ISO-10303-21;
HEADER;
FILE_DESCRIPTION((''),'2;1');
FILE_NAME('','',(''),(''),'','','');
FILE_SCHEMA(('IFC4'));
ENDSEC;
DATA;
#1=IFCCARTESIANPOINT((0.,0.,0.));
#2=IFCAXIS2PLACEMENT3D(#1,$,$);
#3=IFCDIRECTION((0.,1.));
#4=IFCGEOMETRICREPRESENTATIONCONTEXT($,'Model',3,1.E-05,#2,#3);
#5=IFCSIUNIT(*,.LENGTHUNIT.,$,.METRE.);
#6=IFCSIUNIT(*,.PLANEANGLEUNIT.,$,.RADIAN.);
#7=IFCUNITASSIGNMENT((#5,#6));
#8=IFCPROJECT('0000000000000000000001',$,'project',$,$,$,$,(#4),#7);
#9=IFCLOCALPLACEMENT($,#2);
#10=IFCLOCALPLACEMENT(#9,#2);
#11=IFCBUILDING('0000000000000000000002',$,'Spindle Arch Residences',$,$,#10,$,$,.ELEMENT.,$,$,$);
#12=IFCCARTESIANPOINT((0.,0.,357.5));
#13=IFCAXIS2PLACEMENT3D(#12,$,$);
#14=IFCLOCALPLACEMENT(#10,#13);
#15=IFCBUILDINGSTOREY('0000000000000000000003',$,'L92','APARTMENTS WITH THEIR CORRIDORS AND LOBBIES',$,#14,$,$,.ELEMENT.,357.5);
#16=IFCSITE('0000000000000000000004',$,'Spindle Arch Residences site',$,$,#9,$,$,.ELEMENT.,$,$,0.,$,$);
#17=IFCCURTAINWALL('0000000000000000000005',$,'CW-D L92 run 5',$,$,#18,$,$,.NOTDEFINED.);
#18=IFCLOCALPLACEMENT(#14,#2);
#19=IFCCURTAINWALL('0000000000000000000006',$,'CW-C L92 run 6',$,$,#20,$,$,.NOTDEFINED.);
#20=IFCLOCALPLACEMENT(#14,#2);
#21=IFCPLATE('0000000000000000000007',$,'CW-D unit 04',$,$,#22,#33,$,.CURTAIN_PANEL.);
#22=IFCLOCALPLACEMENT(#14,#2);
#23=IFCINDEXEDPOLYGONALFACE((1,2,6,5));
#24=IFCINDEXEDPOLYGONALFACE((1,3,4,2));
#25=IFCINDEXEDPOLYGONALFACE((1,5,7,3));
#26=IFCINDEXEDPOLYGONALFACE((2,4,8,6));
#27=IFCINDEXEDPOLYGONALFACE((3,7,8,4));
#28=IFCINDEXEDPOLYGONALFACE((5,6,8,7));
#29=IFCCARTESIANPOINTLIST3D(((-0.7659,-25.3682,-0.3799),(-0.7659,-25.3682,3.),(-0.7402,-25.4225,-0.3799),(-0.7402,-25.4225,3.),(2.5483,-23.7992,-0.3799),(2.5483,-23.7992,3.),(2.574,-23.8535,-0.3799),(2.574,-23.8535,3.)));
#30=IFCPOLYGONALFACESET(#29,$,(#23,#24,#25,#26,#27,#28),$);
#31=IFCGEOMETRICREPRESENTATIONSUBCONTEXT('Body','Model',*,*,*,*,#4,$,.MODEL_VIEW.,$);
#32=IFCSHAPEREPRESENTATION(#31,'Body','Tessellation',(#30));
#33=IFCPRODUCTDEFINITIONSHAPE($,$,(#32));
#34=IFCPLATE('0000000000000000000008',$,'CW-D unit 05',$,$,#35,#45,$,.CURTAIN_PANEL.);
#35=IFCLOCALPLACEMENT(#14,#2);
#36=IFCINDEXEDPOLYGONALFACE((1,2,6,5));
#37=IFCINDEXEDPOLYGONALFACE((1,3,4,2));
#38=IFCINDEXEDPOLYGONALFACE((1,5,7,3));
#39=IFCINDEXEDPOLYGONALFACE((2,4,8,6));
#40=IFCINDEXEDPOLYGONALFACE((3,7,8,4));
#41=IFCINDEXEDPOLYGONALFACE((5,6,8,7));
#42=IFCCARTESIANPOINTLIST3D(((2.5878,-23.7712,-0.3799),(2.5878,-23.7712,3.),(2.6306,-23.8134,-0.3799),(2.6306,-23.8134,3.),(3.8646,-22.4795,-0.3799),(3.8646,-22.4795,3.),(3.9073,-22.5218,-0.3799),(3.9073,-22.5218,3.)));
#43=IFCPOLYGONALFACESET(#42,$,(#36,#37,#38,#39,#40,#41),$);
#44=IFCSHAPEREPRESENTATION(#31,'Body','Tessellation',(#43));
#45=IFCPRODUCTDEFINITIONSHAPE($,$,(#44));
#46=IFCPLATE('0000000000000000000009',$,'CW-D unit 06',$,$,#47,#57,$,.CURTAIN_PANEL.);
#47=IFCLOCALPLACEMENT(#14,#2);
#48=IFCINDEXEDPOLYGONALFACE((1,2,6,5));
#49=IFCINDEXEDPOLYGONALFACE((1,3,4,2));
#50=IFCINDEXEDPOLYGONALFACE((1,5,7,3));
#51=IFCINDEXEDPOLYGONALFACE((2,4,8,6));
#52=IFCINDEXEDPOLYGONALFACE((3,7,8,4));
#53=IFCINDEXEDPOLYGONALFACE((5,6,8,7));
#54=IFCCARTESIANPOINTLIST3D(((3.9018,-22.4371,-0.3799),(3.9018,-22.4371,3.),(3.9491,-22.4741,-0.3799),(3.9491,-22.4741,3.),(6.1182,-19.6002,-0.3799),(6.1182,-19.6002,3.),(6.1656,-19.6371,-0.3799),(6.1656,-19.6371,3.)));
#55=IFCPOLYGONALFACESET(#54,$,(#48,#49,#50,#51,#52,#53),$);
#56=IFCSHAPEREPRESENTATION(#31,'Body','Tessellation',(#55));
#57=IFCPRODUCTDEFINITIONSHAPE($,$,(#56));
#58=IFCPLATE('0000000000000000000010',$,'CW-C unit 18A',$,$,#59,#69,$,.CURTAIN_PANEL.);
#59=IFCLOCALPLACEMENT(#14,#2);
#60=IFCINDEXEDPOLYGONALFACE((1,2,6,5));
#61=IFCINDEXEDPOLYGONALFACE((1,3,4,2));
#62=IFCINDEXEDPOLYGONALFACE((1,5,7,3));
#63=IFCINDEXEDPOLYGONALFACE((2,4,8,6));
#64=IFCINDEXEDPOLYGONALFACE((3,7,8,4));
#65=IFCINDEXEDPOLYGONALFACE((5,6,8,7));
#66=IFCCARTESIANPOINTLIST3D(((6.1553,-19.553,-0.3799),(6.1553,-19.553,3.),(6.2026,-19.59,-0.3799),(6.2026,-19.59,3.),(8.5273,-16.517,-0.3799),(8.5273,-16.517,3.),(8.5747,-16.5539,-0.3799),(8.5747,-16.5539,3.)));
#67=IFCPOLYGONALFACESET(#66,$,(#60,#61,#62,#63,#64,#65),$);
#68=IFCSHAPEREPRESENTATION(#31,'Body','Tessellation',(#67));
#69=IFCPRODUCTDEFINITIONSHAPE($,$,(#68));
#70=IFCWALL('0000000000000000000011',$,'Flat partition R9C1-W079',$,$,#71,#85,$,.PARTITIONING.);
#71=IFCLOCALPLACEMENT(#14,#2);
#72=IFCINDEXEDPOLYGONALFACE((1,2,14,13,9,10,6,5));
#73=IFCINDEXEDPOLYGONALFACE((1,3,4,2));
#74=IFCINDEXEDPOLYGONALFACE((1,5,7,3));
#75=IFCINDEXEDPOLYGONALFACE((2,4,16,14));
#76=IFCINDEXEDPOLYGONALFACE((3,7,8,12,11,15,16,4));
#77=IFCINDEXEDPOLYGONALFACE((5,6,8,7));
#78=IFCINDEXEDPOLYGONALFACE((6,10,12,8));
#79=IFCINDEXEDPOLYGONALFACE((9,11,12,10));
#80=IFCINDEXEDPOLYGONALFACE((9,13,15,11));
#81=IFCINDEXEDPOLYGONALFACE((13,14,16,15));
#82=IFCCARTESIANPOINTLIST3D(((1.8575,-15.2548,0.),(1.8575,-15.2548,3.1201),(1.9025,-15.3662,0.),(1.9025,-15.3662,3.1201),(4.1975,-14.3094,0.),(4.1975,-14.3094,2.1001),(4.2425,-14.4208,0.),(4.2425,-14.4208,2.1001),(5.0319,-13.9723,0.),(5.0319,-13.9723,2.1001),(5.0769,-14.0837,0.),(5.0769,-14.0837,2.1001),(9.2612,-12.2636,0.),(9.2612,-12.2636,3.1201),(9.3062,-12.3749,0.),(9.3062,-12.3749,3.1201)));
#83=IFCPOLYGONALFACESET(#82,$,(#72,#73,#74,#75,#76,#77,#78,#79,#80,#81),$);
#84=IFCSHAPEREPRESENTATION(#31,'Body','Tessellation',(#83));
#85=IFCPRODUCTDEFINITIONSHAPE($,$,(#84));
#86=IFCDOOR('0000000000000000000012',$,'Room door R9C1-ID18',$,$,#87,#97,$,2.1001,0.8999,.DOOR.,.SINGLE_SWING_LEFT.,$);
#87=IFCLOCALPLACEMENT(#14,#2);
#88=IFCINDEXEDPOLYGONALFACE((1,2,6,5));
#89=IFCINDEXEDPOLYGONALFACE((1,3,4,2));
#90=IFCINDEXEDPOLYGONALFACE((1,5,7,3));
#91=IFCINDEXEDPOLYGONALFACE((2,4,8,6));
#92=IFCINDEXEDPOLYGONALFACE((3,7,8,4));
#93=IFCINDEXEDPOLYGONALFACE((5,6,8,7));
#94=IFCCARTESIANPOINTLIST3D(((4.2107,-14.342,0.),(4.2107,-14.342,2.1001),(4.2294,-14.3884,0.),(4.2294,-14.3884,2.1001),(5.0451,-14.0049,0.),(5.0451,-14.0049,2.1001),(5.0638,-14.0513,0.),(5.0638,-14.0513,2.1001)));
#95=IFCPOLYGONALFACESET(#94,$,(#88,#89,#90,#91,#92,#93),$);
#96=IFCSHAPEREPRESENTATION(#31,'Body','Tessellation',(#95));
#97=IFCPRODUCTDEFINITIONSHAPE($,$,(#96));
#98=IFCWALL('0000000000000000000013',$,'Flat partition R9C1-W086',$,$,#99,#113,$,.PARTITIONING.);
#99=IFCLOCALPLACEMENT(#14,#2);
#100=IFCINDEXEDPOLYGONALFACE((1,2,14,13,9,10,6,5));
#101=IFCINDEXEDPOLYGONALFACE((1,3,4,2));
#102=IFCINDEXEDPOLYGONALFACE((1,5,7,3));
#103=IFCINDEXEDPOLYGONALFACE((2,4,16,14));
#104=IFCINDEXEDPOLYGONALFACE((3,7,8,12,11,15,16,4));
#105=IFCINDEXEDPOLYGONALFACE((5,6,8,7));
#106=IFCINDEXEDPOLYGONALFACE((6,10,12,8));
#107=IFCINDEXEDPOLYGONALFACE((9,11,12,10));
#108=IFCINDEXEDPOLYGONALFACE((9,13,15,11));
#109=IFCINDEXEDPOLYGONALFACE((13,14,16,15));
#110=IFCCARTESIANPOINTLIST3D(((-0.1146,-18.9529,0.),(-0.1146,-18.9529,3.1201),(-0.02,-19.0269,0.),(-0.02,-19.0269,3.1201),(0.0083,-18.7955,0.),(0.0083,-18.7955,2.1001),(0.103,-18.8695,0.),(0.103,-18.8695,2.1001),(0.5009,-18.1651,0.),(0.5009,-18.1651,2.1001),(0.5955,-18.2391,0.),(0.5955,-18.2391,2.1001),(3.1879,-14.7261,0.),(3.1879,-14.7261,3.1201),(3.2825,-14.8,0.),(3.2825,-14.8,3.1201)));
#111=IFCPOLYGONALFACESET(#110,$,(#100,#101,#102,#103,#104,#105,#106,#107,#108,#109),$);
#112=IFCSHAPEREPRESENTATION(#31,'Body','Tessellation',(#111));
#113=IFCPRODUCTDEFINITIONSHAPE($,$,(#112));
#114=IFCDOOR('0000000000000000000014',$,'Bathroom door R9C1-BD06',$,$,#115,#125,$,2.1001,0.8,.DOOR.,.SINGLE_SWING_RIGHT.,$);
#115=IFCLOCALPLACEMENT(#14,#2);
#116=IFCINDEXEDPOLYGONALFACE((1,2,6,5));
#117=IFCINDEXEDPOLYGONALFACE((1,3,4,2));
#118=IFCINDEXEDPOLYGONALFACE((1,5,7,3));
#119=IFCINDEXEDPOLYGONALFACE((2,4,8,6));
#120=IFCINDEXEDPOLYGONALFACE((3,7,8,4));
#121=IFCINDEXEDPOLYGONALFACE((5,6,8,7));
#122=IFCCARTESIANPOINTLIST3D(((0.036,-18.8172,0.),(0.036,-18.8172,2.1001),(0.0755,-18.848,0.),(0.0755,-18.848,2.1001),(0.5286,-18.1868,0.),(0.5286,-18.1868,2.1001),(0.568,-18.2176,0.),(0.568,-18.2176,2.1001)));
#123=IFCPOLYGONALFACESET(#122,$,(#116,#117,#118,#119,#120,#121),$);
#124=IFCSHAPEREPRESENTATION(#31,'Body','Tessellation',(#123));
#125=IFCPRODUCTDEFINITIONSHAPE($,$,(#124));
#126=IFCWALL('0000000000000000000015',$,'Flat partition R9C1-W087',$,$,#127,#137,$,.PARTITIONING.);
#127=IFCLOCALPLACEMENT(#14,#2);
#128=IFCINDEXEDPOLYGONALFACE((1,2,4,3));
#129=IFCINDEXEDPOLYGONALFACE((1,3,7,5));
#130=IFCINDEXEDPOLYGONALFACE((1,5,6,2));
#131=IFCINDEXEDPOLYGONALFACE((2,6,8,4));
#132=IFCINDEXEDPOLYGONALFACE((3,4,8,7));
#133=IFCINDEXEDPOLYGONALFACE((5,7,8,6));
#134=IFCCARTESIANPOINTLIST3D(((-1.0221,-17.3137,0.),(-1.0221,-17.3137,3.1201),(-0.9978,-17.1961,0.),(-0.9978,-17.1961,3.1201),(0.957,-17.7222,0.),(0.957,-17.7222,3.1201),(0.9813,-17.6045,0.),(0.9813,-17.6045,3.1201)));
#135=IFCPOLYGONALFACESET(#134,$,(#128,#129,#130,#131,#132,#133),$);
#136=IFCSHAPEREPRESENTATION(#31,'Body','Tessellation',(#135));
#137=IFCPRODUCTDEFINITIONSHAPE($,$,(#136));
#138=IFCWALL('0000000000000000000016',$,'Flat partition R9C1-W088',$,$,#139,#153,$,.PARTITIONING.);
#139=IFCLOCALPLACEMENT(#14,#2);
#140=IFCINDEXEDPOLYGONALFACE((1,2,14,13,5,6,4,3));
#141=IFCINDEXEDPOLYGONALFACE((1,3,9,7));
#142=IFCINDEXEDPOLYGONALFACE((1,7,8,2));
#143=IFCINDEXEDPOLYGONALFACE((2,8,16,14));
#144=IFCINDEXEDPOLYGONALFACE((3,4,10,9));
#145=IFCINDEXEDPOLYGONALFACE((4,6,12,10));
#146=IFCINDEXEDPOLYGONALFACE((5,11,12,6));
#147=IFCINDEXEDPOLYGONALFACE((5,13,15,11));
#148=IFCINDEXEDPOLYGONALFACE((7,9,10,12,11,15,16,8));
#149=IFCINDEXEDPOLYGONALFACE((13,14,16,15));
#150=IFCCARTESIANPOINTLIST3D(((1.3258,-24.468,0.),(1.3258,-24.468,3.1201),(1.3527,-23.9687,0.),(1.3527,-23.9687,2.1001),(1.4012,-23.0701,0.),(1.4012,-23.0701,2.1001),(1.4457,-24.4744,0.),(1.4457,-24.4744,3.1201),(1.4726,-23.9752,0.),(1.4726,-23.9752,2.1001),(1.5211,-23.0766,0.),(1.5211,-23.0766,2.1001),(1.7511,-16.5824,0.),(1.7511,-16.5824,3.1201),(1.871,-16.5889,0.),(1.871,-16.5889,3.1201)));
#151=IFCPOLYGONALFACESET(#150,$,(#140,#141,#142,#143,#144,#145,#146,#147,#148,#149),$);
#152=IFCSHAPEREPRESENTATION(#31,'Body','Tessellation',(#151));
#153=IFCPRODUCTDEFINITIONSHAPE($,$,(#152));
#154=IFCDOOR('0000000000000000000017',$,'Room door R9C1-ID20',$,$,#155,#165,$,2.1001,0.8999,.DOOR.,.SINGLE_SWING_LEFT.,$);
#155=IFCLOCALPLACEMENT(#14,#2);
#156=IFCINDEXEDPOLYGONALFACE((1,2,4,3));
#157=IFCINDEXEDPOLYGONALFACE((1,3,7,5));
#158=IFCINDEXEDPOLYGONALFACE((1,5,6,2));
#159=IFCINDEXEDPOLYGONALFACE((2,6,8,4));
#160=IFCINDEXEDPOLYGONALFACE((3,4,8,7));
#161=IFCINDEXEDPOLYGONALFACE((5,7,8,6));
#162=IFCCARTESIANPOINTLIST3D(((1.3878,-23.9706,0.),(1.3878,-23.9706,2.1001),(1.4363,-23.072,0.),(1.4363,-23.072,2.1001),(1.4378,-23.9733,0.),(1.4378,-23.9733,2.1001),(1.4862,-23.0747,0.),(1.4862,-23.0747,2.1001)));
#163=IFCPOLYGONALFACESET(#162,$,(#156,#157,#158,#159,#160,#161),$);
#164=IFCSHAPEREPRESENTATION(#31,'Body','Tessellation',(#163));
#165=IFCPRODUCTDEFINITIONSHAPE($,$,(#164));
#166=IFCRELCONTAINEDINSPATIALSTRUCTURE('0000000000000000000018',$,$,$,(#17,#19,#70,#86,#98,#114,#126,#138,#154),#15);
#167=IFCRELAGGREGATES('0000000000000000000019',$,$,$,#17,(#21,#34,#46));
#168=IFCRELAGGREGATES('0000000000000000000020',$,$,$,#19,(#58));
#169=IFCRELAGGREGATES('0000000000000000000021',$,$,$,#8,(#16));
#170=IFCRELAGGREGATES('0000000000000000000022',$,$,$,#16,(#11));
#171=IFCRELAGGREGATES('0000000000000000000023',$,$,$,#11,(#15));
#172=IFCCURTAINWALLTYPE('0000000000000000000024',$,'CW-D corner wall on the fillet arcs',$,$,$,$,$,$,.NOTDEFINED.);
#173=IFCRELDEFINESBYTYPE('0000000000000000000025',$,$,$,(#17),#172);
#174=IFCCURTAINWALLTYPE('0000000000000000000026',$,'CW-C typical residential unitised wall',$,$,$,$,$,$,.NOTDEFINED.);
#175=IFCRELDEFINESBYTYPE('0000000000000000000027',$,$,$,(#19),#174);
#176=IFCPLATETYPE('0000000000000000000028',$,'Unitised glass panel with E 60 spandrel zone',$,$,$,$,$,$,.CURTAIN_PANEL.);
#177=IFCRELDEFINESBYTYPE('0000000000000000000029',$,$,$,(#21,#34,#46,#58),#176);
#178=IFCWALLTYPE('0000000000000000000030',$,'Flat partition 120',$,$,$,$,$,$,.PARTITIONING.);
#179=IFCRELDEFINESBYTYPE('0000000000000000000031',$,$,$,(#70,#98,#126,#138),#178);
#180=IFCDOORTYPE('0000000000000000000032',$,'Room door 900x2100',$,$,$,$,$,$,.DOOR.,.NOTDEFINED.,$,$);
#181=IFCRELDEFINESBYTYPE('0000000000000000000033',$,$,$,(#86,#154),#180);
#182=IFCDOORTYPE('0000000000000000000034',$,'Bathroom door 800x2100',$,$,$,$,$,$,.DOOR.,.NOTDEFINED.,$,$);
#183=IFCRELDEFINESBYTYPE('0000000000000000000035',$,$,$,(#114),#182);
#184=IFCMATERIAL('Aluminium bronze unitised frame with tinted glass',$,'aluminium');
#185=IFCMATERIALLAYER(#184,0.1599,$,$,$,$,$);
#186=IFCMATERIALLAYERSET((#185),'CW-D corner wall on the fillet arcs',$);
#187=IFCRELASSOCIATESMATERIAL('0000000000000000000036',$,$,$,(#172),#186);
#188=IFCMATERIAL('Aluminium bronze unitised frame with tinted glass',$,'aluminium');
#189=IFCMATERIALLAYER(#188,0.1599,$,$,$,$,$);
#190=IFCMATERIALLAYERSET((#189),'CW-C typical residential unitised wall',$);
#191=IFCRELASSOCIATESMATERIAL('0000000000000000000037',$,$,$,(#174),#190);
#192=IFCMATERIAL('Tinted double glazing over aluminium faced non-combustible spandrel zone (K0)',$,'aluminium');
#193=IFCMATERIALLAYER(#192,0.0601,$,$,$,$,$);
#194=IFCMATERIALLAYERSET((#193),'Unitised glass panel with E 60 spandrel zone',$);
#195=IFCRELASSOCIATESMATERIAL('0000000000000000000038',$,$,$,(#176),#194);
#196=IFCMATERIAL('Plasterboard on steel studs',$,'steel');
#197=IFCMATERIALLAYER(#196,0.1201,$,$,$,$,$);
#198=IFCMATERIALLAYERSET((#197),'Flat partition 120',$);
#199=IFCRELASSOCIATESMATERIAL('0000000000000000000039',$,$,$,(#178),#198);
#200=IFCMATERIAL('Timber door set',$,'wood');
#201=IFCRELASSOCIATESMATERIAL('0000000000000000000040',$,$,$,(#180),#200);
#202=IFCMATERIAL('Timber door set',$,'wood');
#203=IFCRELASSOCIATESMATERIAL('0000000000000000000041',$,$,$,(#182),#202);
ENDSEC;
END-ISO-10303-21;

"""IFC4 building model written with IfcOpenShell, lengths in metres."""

from ifc_helpers import new_model, si_unit, direction, frame, frame_2d, origin, origin_2d, place, context, subcontext, project, spatial, rectangle, extrude, material, layer, layer_set, type_object, element, fill, aggregate, save


model = new_model("IFC4")

# Units and contexts
model_context = context("Model", 3, precision=1e-05, world=origin(), true_north=direction((0.0, 1.0)))
body_context = subcontext(model_context, "Body", "Model", "MODEL_VIEW")
ifc_project = project(units=[si_unit("LENGTHUNIT", "METRE"), si_unit("PLANEANGLEUNIT", "RADIAN")], contexts=[model_context])

# Site, building, storey
site_placement = place(None, origin())
site = spatial("IfcSite", under=ifc_project, at=site_placement, Name="Spindle Arch Residences site", CompositionType="ELEMENT", RefElevation=0.0)
building_placement = place(site_placement, origin())
building = spatial("IfcBuilding", under=site, at=building_placement, Name="Spindle Arch Residences", CompositionType="ELEMENT")
storey_placement = place(building_placement, frame((0.0, 0.0, 357.5)))
storey = spatial("IfcBuildingStorey", under=building, at=storey_placement, Name="L92", Description="APARTMENTS WITH THEIR CORRIDORS AND LOBBIES", CompositionType="ELEMENT", Elevation=357.5)

# Curtain wall
ifc_material_1 = material(Name="Aluminium bronze unitised frame with tinted glass", Category="aluminium")
ifc_layer_1 = layer(ifc_material_1, 0.1599)
ifc_layer_set_1 = layer_set([ifc_layer_1], Name="CW-D corner wall on the fillet arcs")
curtain_wall_type_1 = type_object("IfcCurtainWallType", Name="CW-D corner wall on the fillet arcs", PredefinedType="NOTDEFINED", material=ifc_layer_set_1)
curtain_wall_1_placement = place(storey_placement, origin())
curtain_wall_1 = element("IfcCurtainWall", 1, at=curtain_wall_1_placement, inside=storey, type_object=curtain_wall_type_1, Name="CW-D L92 run 5", PredefinedType="NOTDEFINED")

# Curtain wall
ifc_material_2 = material(Name="Aluminium bronze unitised frame with tinted glass", Category="aluminium")
ifc_layer_2 = layer(ifc_material_2, 0.1599)
ifc_layer_set_2 = layer_set([ifc_layer_2], Name="CW-C typical residential unitised wall")
curtain_wall_type_2 = type_object("IfcCurtainWallType", Name="CW-C typical residential unitised wall", PredefinedType="NOTDEFINED", material=ifc_layer_set_2)
curtain_wall_2_placement = place(storey_placement, origin())
curtain_wall_2 = element("IfcCurtainWall", 2, at=curtain_wall_2_placement, inside=storey, type_object=curtain_wall_type_2, Name="CW-C L92 run 6", PredefinedType="NOTDEFINED")

# Plates
ifc_material_3 = material(Name="Tinted double glazing over aluminium faced non-combustible spandrel zone (K0)", Category="aluminium")
ifc_layer_3 = layer(ifc_material_3, 0.0601)
ifc_layer_set_3 = layer_set([ifc_layer_3], Name="Unitised glass panel with E 60 spandrel zone")
plate_type = type_object("IfcPlateType", Name="Unitised glass panel with E 60 spandrel zone", PredefinedType="CURTAIN_PANEL", material=ifc_layer_set_3)
plate_1_placement = place(storey_placement, frame((0.9041, -24.6108, -0.3799), z_axis=(0.0, 0.0, 1.0), x_axis=(0.903834, 0.427884, 0.0)))
plate_1 = element("IfcPlate", 3, at=plate_1_placement, type_object=plate_type, Name="CW-D unit 04", PredefinedType="CURTAIN_PANEL", context=body_context, shape_type="SweptSolid", body=[
    extrude(rectangle(XDim=3.6667, YDim=0.0601, at=origin_2d()), origin(), (0.0, 0.0, 1.0), 3.3799),
])
plate_2_placement = place(storey_placement, frame((3.2476, -23.1465, -0.3799), z_axis=(0.0, 0.0, 1.0), x_axis=(0.702981, 0.711209, 0.0)))
plate_2 = element("IfcPlate", 4, at=plate_2_placement, type_object=plate_type, Name="CW-D unit 05", PredefinedType="CURTAIN_PANEL", context=body_context, shape_type="SweptSolid", body=[
    extrude(rectangle(XDim=1.8162, YDim=0.0601, at=origin_2d()), origin(), (0.0, 0.0, 1.0), 3.3799),
])
plate_3_placement = place(storey_placement, frame((5.0337, -21.0371, -0.3799), z_axis=(0.0, 0.0, 1.0), x_axis=(0.615661, 0.788011, 0.0)))
plate_3 = element("IfcPlate", 5, at=plate_3_placement, type_object=plate_type, Name="CW-D unit 06", PredefinedType="CURTAIN_PANEL", context=body_context, shape_type="SweptSolid", body=[
    extrude(rectangle(XDim=3.6001, YDim=0.0601, at=origin_2d()), origin(), (0.0, 0.0, 1.0), 3.3799),
])
aggregate(curtain_wall_1, [plate_1, plate_2, plate_3])
plate_4_placement = place(storey_placement, frame((7.365, -18.0535, -0.3799), z_axis=(0.0, 0.0, 1.0), x_axis=(0.615661, 0.788011, 0.0)))
plate_4 = element("IfcPlate", 6, at=plate_4_placement, type_object=plate_type, Name="CW-C unit 18A", PredefinedType="CURTAIN_PANEL", context=body_context, shape_type="SweptSolid", body=[
    extrude(rectangle(XDim=3.8528, YDim=0.0601, at=origin_2d()), origin(), (0.0, 0.0, 1.0), 3.3799),
])
aggregate(curtain_wall_2, [plate_4])

# Walls, openings, doors
ifc_material_4 = material(Name="Plasterboard on steel studs", Category="steel")
ifc_layer_4 = layer(ifc_material_4, 0.1201)
ifc_layer_set_4 = layer_set([ifc_layer_4], Name="Flat partition 120")
wall_type = type_object("IfcWallType", Name="Flat partition 120", PredefinedType="PARTITIONING", material=ifc_layer_set_4)
wall_1_placement = place(storey_placement, frame((1.8799, -15.3105, 0.0), z_axis=(0.0, 0.0, 1.0), x_axis=(0.927185, 0.374604, 0.0)))
wall_1 = element("IfcWall", 7, at=wall_1_placement, inside=storey, type_object=wall_type, Name="Flat partition R9C1-W079", PredefinedType="PARTITIONING", context=body_context, shape_type="SweptSolid", body=[
    extrude(rectangle(XDim=7.9851, YDim=0.1201, at=frame_2d((3.9927, 0.0))), origin(), (0.0, 0.0, 1.0), 3.1201),
])
opening_1_placement = place(wall_1_placement, frame((2.5239, 0.0, 0.0)))
opening_1 = element("IfcOpeningElement", 8, at=opening_1_placement, cuts=wall_1, PredefinedType="OPENING", context=body_context, shape_type="SweptSolid", body=[
    extrude(rectangle(XDim=0.8999, YDim=2.1001, at=frame_2d((0.45, 1.05))), frame((0.0, 0.0701, 0.0), z_axis=(0.0, -1.0, 0.0), x_axis=(1.0, 0.0, 0.0)), (0.0, 0.0, 1.0), 0.1401),
])
ifc_material_5 = material(Name="Timber door set", Category="wood")
door_type_1 = type_object("IfcDoorType", Name="Room door 900x2100", OperationType="NOTDEFINED", PredefinedType="DOOR", material=ifc_material_5)
door_1_placement = place(opening_1_placement, origin())
door_1 = element("IfcDoor", 9, at=door_1_placement, inside=storey, type_object=door_type_1, Name="Room door R9C1-ID18", OperationType="SINGLE_SWING_LEFT", OverallHeight=2.1001, OverallWidth=0.8999, PredefinedType="DOOR", context=body_context, shape_type="SweptSolid", body=[
    extrude(rectangle(XDim=0.8999, YDim=2.1001, at=frame_2d((0.45, 1.05))), frame((0.0, 0.0249, 0.0), z_axis=(0.0, -1.0, 0.0), x_axis=(1.0, 0.0, 0.0)), (0.0, 0.0, 1.0), 0.05),
])
fill(opening_1, door_1)
wall_2_placement = place(storey_placement, frame((-0.0674, -18.99, 0.0), z_axis=(0.0, 0.0, 1.0), x_axis=(0.615678, 0.787997, 0.0)))
wall_2 = element("IfcWall", 10, at=wall_2_placement, inside=storey, type_object=wall_type, Name="Flat partition R9C1-W086", PredefinedType="PARTITIONING", context=body_context, shape_type="SweptSolid", body=[
    extrude(rectangle(XDim=5.364, YDim=0.1201, at=frame_2d((2.6821, 0.0))), origin(), (0.0, 0.0, 1.0), 3.1201),
])
opening_2_placement = place(wall_2_placement, frame((0.2, 0.0, 0.0)))
opening_2 = element("IfcOpeningElement", 11, at=opening_2_placement, cuts=wall_2, PredefinedType="OPENING", context=body_context, shape_type="SweptSolid", body=[
    extrude(rectangle(XDim=0.8, YDim=2.1001, at=frame_2d((0.3999, 1.05))), frame((0.0, 0.0701, 0.0), z_axis=(0.0, -1.0, 0.0), x_axis=(1.0, 0.0, 0.0)), (0.0, 0.0, 1.0), 0.1401),
])
ifc_material_6 = material(Name="Timber door set", Category="wood")
door_type_2 = type_object("IfcDoorType", Name="Bathroom door 800x2100", OperationType="NOTDEFINED", PredefinedType="DOOR", material=ifc_material_6)
door_2_placement = place(opening_2_placement, origin())
door_2 = element("IfcDoor", 12, at=door_2_placement, inside=storey, type_object=door_type_2, Name="Bathroom door R9C1-BD06", OperationType="SINGLE_SWING_RIGHT", OverallHeight=2.1001, OverallWidth=0.8, PredefinedType="DOOR", context=body_context, shape_type="SweptSolid", body=[
    extrude(rectangle(XDim=0.8, YDim=2.1001, at=frame_2d((0.3999, 1.05))), frame((0.0, 0.0249, 0.0), z_axis=(0.0, -1.0, 0.0), x_axis=(1.0, 0.0, 0.0)), (0.0, 0.0, 1.0), 0.05),
])
fill(opening_2, door_2)

# Wall
wall_3_placement = place(storey_placement, frame((0.969, -17.6633, 0.0), z_axis=(0.0, 0.0, 1.0), x_axis=(-0.979359, 0.20213, 0.0)))
element("IfcWall", 13, at=wall_3_placement, inside=storey, type_object=wall_type, Name="Flat partition R9C1-W087", PredefinedType="PARTITIONING", context=body_context, shape_type="SweptSolid", body=[
    extrude(rectangle(XDim=2.0208, YDim=0.1201, at=frame_2d((1.0103, 0.0))), origin(), (0.0, 0.0, 1.0), 3.1201),
])

# Wall, opening, door
wall_4_placement = place(storey_placement, frame((1.3857, -24.4712, 0.0), z_axis=(0.0, 0.0, 1.0), x_axis=(0.053855, 0.998549, 0.0)))
wall_4 = element("IfcWall", 14, at=wall_4_placement, inside=storey, type_object=wall_type, Name="Flat partition R9C1-W088", PredefinedType="PARTITIONING", context=body_context, shape_type="SweptSolid", body=[
    extrude(rectangle(XDim=7.897, YDim=0.1201, at=frame_2d((3.9485, 0.0))), origin(), (0.0, 0.0, 1.0), 3.1201),
])
opening_3_placement = place(wall_4_placement, frame((0.5, 0.0, 0.0)))
opening_3 = element("IfcOpeningElement", 15, at=opening_3_placement, cuts=wall_4, PredefinedType="OPENING", context=body_context, shape_type="SweptSolid", body=[
    extrude(rectangle(XDim=0.8999, YDim=2.1001, at=frame_2d((0.45, 1.05))), frame((0.0, 0.0701, 0.0), z_axis=(0.0, -1.0, 0.0), x_axis=(1.0, 0.0, 0.0)), (0.0, 0.0, 1.0), 0.1401),
])
door_3_placement = place(opening_3_placement, origin())
door_3 = element("IfcDoor", 16, at=door_3_placement, inside=storey, type_object=door_type_1, Name="Room door R9C1-ID20", OperationType="SINGLE_SWING_LEFT", OverallHeight=2.1001, OverallWidth=0.8999, PredefinedType="DOOR", context=body_context, shape_type="SweptSolid", body=[
    extrude(rectangle(XDim=0.8999, YDim=2.1001, at=frame_2d((0.45, 1.05))), frame((0.0, 0.0249, 0.0), z_axis=(0.0, -1.0, 0.0), x_axis=(1.0, 0.0, 0.0)), (0.0, 0.0, 1.0), 0.05),
])
fill(opening_3, door_3)

save(model, "model.ifc")
